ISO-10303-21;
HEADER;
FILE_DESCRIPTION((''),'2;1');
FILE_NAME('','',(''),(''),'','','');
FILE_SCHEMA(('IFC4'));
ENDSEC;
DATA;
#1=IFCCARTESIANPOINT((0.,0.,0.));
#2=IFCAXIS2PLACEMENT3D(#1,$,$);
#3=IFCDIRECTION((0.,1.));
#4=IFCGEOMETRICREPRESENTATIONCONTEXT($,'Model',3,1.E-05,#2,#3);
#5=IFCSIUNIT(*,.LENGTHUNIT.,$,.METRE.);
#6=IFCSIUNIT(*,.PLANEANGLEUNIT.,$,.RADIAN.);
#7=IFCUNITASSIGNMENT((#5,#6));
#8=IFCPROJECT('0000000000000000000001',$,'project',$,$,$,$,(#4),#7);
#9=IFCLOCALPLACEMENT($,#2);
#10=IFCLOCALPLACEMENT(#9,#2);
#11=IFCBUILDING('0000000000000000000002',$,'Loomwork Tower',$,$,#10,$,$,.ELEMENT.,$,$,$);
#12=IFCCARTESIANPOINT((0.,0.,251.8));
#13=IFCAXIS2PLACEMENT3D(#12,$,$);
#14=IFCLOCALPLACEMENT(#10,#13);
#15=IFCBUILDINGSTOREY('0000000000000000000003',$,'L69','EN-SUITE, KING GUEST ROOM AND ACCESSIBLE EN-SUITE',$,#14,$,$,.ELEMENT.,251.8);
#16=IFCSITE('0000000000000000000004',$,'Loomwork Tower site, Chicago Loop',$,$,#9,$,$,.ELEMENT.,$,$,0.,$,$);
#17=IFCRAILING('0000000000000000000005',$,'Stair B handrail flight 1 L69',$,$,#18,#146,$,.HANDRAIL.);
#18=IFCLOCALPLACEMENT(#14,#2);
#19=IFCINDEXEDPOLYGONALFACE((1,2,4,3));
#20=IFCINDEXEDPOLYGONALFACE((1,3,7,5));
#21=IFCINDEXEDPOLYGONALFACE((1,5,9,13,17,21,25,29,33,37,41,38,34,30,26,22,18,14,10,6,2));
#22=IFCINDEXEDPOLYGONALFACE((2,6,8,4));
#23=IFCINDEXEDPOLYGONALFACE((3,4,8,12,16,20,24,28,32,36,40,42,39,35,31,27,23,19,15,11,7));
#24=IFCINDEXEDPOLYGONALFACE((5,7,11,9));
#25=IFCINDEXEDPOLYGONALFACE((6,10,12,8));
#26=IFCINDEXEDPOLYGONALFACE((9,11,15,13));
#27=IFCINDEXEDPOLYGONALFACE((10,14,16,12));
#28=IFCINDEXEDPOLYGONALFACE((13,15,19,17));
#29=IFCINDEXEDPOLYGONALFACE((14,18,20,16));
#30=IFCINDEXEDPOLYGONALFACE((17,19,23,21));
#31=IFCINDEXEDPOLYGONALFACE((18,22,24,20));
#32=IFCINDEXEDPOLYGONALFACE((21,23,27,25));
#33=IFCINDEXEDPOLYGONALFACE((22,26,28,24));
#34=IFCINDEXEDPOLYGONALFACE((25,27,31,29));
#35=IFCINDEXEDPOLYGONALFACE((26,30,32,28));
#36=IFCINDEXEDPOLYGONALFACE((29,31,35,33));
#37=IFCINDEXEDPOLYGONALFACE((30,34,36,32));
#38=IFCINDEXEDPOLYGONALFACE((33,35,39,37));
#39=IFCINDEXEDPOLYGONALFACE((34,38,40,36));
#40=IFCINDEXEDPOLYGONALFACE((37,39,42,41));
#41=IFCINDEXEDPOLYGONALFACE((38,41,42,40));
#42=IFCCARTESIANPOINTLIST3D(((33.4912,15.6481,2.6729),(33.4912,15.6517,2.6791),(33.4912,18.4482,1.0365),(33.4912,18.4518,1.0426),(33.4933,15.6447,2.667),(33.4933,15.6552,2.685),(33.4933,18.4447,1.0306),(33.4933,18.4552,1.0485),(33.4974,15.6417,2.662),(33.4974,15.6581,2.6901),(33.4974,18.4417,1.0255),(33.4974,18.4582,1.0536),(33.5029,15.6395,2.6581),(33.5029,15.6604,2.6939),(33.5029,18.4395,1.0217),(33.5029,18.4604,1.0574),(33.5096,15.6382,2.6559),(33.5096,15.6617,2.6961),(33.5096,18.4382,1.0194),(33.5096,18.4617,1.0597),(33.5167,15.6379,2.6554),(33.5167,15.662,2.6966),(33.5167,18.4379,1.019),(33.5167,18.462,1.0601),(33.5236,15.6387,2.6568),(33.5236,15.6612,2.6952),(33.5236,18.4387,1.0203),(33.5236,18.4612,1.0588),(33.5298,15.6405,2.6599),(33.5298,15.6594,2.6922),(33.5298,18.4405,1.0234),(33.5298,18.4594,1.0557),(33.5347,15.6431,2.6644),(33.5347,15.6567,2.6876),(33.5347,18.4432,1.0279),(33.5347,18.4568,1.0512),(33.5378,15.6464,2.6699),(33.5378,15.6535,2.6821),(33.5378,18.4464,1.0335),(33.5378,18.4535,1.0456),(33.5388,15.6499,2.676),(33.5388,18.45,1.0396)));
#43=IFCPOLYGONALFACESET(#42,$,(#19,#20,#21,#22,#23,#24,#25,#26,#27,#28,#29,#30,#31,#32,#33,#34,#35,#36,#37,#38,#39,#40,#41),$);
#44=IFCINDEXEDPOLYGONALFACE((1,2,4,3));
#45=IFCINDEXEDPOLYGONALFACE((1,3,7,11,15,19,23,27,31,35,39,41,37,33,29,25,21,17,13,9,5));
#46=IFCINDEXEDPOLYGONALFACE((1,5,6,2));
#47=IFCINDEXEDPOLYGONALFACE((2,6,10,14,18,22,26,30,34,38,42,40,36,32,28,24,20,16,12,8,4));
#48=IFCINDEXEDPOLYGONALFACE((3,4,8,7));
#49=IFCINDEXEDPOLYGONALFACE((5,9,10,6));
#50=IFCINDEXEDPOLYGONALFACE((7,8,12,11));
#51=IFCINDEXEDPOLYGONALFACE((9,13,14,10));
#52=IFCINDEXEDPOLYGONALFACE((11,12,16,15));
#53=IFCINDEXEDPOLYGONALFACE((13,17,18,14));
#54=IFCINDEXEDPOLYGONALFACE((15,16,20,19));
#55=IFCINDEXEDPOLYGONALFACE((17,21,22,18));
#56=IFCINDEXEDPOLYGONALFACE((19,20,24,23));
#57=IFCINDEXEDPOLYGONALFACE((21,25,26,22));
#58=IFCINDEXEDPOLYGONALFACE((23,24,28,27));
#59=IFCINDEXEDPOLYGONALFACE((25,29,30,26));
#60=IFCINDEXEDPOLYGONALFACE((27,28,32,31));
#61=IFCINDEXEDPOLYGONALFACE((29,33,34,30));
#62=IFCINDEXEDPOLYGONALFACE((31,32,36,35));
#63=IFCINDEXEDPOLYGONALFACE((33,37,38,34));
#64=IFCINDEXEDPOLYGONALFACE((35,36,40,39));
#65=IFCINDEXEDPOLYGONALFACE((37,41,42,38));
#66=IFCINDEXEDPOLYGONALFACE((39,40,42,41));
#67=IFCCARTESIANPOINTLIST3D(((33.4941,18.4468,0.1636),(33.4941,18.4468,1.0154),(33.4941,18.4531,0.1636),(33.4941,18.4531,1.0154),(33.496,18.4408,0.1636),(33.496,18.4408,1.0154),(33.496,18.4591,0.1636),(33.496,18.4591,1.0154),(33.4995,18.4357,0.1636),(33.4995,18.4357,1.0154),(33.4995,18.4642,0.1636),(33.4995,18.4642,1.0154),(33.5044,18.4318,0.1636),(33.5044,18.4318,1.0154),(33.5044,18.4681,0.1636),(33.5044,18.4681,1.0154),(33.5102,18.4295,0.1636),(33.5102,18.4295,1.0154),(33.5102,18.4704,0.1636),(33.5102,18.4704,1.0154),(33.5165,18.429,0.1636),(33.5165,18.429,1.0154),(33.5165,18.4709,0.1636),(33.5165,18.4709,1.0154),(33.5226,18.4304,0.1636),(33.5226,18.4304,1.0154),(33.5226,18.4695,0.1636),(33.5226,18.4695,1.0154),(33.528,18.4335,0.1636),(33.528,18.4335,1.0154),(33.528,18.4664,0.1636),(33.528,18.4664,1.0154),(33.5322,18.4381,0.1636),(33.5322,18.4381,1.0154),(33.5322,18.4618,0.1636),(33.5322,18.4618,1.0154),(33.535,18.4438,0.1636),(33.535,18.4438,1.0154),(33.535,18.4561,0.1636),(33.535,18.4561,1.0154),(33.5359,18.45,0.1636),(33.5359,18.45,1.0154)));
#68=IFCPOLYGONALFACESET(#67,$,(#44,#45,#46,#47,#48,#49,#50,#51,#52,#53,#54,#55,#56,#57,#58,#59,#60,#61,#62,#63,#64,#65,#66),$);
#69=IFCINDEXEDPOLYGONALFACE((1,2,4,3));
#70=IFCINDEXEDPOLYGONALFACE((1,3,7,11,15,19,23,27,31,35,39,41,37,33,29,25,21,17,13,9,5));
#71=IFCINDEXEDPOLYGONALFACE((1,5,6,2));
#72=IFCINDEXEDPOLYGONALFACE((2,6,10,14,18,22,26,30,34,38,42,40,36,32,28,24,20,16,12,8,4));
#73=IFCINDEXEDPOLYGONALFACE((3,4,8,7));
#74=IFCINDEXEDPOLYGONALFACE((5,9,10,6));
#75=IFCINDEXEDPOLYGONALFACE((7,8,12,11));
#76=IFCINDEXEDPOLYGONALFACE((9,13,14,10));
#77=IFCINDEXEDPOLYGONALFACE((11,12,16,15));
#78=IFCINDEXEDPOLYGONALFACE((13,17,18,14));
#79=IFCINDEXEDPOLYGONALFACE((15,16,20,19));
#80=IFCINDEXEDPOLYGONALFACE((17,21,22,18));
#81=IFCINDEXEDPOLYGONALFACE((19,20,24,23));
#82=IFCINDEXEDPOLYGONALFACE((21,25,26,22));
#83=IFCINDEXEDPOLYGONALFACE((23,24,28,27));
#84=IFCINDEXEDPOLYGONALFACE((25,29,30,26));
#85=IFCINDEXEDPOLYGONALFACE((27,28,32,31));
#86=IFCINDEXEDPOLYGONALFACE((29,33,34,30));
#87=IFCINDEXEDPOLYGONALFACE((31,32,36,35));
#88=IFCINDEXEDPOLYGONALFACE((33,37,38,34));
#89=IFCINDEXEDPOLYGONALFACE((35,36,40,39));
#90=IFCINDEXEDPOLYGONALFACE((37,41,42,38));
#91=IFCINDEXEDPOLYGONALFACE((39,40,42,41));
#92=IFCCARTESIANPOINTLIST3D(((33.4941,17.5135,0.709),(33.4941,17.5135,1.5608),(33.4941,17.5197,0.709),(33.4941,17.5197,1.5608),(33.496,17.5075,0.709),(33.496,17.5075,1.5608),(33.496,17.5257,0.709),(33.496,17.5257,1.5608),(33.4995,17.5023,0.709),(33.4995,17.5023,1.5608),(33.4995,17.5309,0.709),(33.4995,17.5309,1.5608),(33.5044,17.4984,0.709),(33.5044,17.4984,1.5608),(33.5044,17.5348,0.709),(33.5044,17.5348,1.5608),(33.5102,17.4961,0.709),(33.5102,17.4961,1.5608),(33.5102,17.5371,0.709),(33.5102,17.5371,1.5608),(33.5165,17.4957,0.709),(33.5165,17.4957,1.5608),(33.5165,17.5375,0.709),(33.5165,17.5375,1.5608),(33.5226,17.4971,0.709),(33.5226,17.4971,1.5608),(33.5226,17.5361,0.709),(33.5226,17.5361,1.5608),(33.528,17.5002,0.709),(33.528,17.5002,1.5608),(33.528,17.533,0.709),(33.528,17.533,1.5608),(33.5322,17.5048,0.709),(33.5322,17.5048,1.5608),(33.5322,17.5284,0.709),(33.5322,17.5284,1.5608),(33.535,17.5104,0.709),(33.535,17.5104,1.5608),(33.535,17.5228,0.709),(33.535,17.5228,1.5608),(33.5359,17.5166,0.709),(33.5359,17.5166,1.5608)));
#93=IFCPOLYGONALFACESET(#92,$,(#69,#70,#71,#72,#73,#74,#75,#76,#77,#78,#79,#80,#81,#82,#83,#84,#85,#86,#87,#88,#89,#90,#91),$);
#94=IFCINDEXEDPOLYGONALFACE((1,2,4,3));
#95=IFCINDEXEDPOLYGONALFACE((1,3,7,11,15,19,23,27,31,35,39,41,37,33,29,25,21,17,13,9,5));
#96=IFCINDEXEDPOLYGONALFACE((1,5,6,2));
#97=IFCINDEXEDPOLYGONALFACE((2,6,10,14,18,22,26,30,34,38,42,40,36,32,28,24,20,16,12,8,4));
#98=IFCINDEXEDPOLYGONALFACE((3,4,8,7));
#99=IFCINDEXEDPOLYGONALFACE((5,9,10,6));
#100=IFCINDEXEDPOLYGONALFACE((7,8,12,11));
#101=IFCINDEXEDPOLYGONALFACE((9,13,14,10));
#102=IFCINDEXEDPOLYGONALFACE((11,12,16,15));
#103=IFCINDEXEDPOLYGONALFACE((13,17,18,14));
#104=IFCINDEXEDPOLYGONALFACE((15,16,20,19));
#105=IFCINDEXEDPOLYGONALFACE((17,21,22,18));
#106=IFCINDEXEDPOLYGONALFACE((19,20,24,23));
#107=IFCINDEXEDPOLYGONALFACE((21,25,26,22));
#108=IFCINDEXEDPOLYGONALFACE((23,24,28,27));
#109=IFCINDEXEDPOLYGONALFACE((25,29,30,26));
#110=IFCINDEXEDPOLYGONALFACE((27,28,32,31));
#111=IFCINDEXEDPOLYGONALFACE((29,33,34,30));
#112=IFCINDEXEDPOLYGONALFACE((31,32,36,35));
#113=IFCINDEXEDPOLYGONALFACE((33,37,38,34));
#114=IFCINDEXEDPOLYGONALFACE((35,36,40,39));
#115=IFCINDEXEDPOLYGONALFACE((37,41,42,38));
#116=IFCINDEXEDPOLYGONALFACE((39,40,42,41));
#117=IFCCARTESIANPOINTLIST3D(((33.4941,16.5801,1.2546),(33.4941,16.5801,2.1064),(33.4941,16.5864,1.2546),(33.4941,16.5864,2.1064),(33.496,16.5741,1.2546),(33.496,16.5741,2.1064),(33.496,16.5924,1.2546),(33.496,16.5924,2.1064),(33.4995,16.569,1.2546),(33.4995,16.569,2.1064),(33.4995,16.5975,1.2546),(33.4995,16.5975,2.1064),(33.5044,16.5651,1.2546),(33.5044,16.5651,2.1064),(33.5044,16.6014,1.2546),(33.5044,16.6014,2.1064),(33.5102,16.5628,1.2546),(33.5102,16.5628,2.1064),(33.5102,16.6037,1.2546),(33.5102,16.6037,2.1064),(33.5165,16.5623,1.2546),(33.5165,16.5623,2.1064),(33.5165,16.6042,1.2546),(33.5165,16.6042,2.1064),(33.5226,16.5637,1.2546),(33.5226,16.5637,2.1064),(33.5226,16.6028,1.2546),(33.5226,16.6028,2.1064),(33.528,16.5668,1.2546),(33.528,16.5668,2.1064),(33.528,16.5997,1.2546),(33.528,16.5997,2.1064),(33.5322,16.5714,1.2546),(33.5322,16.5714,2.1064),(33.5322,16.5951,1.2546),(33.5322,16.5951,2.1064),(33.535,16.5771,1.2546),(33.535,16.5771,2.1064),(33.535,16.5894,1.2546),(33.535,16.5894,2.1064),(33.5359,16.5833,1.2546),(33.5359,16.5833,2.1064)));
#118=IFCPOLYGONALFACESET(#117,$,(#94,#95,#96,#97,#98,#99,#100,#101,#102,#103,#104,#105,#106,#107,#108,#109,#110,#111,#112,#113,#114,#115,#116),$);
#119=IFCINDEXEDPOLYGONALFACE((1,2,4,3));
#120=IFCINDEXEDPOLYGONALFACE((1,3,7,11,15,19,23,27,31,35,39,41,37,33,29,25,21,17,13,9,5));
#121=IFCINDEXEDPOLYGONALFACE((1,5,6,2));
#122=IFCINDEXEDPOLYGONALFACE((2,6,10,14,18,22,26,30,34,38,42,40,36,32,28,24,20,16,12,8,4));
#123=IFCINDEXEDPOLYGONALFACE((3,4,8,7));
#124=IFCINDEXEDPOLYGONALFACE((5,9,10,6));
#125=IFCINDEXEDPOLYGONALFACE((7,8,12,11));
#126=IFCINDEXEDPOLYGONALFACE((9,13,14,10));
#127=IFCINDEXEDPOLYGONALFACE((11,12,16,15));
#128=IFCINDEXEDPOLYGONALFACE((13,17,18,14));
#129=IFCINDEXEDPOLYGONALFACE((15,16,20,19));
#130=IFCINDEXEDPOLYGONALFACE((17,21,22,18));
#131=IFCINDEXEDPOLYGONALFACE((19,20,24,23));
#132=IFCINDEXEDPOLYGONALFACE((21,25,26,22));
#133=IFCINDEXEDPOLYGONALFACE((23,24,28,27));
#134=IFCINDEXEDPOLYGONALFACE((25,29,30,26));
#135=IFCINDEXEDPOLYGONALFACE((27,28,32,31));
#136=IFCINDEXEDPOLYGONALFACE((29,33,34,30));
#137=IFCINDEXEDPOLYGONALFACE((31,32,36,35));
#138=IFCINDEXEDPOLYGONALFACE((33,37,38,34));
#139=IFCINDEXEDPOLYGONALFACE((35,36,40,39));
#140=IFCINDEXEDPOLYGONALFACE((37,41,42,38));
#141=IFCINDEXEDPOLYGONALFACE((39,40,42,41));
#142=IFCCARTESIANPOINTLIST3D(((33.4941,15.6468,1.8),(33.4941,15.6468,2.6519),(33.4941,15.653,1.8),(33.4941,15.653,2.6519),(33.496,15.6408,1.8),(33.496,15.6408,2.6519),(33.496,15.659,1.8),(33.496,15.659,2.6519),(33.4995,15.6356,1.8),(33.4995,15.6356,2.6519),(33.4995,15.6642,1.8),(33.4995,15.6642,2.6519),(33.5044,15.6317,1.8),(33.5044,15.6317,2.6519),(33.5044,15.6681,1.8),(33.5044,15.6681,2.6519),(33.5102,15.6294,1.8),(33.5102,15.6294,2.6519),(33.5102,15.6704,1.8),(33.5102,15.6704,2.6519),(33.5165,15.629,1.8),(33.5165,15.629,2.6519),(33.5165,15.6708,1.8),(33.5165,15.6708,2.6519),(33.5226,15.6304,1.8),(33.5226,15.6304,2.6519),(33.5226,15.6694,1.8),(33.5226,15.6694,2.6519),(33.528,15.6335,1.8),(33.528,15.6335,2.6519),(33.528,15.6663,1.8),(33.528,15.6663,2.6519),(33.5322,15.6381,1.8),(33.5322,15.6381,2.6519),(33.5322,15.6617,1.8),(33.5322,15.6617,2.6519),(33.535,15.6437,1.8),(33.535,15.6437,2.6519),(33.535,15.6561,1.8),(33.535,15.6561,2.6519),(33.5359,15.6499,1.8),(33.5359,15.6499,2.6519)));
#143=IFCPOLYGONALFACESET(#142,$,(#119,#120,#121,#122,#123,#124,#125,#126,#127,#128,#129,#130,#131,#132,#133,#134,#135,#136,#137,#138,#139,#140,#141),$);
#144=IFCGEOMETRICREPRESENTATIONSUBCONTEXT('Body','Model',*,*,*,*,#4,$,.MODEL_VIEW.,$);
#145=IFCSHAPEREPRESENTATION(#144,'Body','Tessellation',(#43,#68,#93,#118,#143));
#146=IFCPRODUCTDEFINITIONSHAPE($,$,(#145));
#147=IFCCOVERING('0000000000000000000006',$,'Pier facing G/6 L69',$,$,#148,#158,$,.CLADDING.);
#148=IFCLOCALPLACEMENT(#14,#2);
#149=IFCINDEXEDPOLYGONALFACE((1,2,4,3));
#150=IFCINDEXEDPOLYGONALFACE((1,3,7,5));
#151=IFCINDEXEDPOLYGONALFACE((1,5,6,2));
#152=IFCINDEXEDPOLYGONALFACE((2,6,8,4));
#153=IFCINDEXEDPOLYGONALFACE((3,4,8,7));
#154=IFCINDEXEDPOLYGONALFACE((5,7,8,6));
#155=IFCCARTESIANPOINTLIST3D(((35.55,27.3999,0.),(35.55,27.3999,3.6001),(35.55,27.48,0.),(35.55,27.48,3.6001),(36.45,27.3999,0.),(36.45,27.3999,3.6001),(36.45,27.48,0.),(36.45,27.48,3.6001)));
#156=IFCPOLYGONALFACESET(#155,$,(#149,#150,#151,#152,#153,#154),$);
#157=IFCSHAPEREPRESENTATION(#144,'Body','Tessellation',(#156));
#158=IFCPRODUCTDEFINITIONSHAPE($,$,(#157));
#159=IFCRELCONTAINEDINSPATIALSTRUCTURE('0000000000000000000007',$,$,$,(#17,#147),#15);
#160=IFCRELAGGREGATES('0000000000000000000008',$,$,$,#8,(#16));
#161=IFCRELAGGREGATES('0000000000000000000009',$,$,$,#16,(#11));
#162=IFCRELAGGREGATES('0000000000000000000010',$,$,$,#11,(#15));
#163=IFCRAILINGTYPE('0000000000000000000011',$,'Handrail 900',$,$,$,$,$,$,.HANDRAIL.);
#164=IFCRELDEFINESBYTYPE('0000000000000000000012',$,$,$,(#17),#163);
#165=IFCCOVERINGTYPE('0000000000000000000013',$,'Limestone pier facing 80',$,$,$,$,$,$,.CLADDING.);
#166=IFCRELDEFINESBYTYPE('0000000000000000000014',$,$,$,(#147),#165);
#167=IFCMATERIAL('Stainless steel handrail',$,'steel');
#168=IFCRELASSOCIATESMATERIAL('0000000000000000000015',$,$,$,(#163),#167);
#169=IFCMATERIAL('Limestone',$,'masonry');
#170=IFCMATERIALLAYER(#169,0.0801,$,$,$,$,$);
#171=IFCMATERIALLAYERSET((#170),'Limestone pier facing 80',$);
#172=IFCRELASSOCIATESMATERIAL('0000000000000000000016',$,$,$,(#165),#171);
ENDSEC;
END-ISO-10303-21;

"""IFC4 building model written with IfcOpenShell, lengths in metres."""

from ifc_helpers import new_model, si_unit, direction, frame, origin, origin_2d, place, context, subcontext, project, spatial, rectangle, circle, extrude, material, layer, layer_set, type_object, element, save


model = new_model("IFC4")

# Units and contexts
model_context = context("Model", 3, precision=1e-05, world=origin(), true_north=direction((0.0, 1.0)))
body_context = subcontext(model_context, "Body", "Model", "MODEL_VIEW")
ifc_project = project(units=[si_unit("LENGTHUNIT", "METRE"), si_unit("PLANEANGLEUNIT", "RADIAN")], contexts=[model_context])

# Site, building, storey
site_placement = place(None, origin())
site = spatial("IfcSite", under=ifc_project, at=site_placement, Name="Loomwork Tower site, Chicago Loop", CompositionType="ELEMENT", RefElevation=0.0)
building_placement = place(site_placement, origin())
building = spatial("IfcBuilding", under=site, at=building_placement, Name="Loomwork Tower", CompositionType="ELEMENT")
storey_placement = place(building_placement, frame((0.0, 0.0, 251.8)))
storey = spatial("IfcBuildingStorey", under=building, at=storey_placement, Name="L69", Description="EN-SUITE, KING GUEST ROOM AND ACCESSIBLE EN-SUITE", CompositionType="ELEMENT", Elevation=251.8)

# Railing
ifc_material_1 = material(Name="Stainless steel handrail", Category="steel")
railing_type = type_object("IfcRailingType", Name="Handrail 900", PredefinedType="HANDRAIL", material=ifc_material_1)
railing_placement = place(storey_placement, frame((33.5149, 18.45, 0.1636)))
element("IfcRailing", 1, at=railing_placement, inside=storey, type_object=railing_type, Name="Stair B handrail flight 1 L69", PredefinedType="HANDRAIL", context=body_context, shape_type="SweptSolid", body=[
    extrude(circle(Radius=0.0239, at=origin_2d()), frame((0.0, 0.0, 0.876), z_axis=(0.0, -0.863361, 0.504587), x_axis=(1.0, 0.0, 0.0)), (0.0, 0.0, 1.0), 3.2432),
    extrude(circle(Radius=0.021, at=origin_2d()), origin(), (0.0, 0.0, 1.0), 0.8518),
    extrude(circle(Radius=0.021, at=origin_2d()), frame((0.0, -0.9333, 0.5454)), (0.0, 0.0, 1.0), 0.8518),
    extrude(circle(Radius=0.021, at=origin_2d()), frame((0.0, -1.8667, 1.0911)), (0.0, 0.0, 1.0), 0.8518),
    extrude(circle(Radius=0.021, at=origin_2d()), frame((0.0, -2.8, 1.6365)), (0.0, 0.0, 1.0), 0.8518),
])

# Covering
ifc_material_2 = material(Name="Limestone", Category="masonry")
ifc_layer_1 = layer(ifc_material_2, 0.0801)
ifc_layer_set_1 = layer_set([ifc_layer_1], Name="Limestone pier facing 80")
covering_type = type_object("IfcCoveringType", Name="Limestone pier facing 80", PredefinedType="CLADDING", material=ifc_layer_set_1)
covering_placement = place(storey_placement, frame((36.0, 27.4399, 0.0), z_axis=(0.0, 0.0, 1.0), x_axis=(1.0, 0.0, 0.0)))
element("IfcCovering", 2, at=covering_placement, inside=storey, type_object=covering_type, Name="Pier facing G/6 L69", PredefinedType="CLADDING", context=body_context, shape_type="SweptSolid", body=[
    extrude(rectangle(XDim=0.8999, YDim=0.0801, at=origin_2d()), origin(), (0.0, 0.0, 1.0), 3.6001),
])

save(model, "model.ifc")
